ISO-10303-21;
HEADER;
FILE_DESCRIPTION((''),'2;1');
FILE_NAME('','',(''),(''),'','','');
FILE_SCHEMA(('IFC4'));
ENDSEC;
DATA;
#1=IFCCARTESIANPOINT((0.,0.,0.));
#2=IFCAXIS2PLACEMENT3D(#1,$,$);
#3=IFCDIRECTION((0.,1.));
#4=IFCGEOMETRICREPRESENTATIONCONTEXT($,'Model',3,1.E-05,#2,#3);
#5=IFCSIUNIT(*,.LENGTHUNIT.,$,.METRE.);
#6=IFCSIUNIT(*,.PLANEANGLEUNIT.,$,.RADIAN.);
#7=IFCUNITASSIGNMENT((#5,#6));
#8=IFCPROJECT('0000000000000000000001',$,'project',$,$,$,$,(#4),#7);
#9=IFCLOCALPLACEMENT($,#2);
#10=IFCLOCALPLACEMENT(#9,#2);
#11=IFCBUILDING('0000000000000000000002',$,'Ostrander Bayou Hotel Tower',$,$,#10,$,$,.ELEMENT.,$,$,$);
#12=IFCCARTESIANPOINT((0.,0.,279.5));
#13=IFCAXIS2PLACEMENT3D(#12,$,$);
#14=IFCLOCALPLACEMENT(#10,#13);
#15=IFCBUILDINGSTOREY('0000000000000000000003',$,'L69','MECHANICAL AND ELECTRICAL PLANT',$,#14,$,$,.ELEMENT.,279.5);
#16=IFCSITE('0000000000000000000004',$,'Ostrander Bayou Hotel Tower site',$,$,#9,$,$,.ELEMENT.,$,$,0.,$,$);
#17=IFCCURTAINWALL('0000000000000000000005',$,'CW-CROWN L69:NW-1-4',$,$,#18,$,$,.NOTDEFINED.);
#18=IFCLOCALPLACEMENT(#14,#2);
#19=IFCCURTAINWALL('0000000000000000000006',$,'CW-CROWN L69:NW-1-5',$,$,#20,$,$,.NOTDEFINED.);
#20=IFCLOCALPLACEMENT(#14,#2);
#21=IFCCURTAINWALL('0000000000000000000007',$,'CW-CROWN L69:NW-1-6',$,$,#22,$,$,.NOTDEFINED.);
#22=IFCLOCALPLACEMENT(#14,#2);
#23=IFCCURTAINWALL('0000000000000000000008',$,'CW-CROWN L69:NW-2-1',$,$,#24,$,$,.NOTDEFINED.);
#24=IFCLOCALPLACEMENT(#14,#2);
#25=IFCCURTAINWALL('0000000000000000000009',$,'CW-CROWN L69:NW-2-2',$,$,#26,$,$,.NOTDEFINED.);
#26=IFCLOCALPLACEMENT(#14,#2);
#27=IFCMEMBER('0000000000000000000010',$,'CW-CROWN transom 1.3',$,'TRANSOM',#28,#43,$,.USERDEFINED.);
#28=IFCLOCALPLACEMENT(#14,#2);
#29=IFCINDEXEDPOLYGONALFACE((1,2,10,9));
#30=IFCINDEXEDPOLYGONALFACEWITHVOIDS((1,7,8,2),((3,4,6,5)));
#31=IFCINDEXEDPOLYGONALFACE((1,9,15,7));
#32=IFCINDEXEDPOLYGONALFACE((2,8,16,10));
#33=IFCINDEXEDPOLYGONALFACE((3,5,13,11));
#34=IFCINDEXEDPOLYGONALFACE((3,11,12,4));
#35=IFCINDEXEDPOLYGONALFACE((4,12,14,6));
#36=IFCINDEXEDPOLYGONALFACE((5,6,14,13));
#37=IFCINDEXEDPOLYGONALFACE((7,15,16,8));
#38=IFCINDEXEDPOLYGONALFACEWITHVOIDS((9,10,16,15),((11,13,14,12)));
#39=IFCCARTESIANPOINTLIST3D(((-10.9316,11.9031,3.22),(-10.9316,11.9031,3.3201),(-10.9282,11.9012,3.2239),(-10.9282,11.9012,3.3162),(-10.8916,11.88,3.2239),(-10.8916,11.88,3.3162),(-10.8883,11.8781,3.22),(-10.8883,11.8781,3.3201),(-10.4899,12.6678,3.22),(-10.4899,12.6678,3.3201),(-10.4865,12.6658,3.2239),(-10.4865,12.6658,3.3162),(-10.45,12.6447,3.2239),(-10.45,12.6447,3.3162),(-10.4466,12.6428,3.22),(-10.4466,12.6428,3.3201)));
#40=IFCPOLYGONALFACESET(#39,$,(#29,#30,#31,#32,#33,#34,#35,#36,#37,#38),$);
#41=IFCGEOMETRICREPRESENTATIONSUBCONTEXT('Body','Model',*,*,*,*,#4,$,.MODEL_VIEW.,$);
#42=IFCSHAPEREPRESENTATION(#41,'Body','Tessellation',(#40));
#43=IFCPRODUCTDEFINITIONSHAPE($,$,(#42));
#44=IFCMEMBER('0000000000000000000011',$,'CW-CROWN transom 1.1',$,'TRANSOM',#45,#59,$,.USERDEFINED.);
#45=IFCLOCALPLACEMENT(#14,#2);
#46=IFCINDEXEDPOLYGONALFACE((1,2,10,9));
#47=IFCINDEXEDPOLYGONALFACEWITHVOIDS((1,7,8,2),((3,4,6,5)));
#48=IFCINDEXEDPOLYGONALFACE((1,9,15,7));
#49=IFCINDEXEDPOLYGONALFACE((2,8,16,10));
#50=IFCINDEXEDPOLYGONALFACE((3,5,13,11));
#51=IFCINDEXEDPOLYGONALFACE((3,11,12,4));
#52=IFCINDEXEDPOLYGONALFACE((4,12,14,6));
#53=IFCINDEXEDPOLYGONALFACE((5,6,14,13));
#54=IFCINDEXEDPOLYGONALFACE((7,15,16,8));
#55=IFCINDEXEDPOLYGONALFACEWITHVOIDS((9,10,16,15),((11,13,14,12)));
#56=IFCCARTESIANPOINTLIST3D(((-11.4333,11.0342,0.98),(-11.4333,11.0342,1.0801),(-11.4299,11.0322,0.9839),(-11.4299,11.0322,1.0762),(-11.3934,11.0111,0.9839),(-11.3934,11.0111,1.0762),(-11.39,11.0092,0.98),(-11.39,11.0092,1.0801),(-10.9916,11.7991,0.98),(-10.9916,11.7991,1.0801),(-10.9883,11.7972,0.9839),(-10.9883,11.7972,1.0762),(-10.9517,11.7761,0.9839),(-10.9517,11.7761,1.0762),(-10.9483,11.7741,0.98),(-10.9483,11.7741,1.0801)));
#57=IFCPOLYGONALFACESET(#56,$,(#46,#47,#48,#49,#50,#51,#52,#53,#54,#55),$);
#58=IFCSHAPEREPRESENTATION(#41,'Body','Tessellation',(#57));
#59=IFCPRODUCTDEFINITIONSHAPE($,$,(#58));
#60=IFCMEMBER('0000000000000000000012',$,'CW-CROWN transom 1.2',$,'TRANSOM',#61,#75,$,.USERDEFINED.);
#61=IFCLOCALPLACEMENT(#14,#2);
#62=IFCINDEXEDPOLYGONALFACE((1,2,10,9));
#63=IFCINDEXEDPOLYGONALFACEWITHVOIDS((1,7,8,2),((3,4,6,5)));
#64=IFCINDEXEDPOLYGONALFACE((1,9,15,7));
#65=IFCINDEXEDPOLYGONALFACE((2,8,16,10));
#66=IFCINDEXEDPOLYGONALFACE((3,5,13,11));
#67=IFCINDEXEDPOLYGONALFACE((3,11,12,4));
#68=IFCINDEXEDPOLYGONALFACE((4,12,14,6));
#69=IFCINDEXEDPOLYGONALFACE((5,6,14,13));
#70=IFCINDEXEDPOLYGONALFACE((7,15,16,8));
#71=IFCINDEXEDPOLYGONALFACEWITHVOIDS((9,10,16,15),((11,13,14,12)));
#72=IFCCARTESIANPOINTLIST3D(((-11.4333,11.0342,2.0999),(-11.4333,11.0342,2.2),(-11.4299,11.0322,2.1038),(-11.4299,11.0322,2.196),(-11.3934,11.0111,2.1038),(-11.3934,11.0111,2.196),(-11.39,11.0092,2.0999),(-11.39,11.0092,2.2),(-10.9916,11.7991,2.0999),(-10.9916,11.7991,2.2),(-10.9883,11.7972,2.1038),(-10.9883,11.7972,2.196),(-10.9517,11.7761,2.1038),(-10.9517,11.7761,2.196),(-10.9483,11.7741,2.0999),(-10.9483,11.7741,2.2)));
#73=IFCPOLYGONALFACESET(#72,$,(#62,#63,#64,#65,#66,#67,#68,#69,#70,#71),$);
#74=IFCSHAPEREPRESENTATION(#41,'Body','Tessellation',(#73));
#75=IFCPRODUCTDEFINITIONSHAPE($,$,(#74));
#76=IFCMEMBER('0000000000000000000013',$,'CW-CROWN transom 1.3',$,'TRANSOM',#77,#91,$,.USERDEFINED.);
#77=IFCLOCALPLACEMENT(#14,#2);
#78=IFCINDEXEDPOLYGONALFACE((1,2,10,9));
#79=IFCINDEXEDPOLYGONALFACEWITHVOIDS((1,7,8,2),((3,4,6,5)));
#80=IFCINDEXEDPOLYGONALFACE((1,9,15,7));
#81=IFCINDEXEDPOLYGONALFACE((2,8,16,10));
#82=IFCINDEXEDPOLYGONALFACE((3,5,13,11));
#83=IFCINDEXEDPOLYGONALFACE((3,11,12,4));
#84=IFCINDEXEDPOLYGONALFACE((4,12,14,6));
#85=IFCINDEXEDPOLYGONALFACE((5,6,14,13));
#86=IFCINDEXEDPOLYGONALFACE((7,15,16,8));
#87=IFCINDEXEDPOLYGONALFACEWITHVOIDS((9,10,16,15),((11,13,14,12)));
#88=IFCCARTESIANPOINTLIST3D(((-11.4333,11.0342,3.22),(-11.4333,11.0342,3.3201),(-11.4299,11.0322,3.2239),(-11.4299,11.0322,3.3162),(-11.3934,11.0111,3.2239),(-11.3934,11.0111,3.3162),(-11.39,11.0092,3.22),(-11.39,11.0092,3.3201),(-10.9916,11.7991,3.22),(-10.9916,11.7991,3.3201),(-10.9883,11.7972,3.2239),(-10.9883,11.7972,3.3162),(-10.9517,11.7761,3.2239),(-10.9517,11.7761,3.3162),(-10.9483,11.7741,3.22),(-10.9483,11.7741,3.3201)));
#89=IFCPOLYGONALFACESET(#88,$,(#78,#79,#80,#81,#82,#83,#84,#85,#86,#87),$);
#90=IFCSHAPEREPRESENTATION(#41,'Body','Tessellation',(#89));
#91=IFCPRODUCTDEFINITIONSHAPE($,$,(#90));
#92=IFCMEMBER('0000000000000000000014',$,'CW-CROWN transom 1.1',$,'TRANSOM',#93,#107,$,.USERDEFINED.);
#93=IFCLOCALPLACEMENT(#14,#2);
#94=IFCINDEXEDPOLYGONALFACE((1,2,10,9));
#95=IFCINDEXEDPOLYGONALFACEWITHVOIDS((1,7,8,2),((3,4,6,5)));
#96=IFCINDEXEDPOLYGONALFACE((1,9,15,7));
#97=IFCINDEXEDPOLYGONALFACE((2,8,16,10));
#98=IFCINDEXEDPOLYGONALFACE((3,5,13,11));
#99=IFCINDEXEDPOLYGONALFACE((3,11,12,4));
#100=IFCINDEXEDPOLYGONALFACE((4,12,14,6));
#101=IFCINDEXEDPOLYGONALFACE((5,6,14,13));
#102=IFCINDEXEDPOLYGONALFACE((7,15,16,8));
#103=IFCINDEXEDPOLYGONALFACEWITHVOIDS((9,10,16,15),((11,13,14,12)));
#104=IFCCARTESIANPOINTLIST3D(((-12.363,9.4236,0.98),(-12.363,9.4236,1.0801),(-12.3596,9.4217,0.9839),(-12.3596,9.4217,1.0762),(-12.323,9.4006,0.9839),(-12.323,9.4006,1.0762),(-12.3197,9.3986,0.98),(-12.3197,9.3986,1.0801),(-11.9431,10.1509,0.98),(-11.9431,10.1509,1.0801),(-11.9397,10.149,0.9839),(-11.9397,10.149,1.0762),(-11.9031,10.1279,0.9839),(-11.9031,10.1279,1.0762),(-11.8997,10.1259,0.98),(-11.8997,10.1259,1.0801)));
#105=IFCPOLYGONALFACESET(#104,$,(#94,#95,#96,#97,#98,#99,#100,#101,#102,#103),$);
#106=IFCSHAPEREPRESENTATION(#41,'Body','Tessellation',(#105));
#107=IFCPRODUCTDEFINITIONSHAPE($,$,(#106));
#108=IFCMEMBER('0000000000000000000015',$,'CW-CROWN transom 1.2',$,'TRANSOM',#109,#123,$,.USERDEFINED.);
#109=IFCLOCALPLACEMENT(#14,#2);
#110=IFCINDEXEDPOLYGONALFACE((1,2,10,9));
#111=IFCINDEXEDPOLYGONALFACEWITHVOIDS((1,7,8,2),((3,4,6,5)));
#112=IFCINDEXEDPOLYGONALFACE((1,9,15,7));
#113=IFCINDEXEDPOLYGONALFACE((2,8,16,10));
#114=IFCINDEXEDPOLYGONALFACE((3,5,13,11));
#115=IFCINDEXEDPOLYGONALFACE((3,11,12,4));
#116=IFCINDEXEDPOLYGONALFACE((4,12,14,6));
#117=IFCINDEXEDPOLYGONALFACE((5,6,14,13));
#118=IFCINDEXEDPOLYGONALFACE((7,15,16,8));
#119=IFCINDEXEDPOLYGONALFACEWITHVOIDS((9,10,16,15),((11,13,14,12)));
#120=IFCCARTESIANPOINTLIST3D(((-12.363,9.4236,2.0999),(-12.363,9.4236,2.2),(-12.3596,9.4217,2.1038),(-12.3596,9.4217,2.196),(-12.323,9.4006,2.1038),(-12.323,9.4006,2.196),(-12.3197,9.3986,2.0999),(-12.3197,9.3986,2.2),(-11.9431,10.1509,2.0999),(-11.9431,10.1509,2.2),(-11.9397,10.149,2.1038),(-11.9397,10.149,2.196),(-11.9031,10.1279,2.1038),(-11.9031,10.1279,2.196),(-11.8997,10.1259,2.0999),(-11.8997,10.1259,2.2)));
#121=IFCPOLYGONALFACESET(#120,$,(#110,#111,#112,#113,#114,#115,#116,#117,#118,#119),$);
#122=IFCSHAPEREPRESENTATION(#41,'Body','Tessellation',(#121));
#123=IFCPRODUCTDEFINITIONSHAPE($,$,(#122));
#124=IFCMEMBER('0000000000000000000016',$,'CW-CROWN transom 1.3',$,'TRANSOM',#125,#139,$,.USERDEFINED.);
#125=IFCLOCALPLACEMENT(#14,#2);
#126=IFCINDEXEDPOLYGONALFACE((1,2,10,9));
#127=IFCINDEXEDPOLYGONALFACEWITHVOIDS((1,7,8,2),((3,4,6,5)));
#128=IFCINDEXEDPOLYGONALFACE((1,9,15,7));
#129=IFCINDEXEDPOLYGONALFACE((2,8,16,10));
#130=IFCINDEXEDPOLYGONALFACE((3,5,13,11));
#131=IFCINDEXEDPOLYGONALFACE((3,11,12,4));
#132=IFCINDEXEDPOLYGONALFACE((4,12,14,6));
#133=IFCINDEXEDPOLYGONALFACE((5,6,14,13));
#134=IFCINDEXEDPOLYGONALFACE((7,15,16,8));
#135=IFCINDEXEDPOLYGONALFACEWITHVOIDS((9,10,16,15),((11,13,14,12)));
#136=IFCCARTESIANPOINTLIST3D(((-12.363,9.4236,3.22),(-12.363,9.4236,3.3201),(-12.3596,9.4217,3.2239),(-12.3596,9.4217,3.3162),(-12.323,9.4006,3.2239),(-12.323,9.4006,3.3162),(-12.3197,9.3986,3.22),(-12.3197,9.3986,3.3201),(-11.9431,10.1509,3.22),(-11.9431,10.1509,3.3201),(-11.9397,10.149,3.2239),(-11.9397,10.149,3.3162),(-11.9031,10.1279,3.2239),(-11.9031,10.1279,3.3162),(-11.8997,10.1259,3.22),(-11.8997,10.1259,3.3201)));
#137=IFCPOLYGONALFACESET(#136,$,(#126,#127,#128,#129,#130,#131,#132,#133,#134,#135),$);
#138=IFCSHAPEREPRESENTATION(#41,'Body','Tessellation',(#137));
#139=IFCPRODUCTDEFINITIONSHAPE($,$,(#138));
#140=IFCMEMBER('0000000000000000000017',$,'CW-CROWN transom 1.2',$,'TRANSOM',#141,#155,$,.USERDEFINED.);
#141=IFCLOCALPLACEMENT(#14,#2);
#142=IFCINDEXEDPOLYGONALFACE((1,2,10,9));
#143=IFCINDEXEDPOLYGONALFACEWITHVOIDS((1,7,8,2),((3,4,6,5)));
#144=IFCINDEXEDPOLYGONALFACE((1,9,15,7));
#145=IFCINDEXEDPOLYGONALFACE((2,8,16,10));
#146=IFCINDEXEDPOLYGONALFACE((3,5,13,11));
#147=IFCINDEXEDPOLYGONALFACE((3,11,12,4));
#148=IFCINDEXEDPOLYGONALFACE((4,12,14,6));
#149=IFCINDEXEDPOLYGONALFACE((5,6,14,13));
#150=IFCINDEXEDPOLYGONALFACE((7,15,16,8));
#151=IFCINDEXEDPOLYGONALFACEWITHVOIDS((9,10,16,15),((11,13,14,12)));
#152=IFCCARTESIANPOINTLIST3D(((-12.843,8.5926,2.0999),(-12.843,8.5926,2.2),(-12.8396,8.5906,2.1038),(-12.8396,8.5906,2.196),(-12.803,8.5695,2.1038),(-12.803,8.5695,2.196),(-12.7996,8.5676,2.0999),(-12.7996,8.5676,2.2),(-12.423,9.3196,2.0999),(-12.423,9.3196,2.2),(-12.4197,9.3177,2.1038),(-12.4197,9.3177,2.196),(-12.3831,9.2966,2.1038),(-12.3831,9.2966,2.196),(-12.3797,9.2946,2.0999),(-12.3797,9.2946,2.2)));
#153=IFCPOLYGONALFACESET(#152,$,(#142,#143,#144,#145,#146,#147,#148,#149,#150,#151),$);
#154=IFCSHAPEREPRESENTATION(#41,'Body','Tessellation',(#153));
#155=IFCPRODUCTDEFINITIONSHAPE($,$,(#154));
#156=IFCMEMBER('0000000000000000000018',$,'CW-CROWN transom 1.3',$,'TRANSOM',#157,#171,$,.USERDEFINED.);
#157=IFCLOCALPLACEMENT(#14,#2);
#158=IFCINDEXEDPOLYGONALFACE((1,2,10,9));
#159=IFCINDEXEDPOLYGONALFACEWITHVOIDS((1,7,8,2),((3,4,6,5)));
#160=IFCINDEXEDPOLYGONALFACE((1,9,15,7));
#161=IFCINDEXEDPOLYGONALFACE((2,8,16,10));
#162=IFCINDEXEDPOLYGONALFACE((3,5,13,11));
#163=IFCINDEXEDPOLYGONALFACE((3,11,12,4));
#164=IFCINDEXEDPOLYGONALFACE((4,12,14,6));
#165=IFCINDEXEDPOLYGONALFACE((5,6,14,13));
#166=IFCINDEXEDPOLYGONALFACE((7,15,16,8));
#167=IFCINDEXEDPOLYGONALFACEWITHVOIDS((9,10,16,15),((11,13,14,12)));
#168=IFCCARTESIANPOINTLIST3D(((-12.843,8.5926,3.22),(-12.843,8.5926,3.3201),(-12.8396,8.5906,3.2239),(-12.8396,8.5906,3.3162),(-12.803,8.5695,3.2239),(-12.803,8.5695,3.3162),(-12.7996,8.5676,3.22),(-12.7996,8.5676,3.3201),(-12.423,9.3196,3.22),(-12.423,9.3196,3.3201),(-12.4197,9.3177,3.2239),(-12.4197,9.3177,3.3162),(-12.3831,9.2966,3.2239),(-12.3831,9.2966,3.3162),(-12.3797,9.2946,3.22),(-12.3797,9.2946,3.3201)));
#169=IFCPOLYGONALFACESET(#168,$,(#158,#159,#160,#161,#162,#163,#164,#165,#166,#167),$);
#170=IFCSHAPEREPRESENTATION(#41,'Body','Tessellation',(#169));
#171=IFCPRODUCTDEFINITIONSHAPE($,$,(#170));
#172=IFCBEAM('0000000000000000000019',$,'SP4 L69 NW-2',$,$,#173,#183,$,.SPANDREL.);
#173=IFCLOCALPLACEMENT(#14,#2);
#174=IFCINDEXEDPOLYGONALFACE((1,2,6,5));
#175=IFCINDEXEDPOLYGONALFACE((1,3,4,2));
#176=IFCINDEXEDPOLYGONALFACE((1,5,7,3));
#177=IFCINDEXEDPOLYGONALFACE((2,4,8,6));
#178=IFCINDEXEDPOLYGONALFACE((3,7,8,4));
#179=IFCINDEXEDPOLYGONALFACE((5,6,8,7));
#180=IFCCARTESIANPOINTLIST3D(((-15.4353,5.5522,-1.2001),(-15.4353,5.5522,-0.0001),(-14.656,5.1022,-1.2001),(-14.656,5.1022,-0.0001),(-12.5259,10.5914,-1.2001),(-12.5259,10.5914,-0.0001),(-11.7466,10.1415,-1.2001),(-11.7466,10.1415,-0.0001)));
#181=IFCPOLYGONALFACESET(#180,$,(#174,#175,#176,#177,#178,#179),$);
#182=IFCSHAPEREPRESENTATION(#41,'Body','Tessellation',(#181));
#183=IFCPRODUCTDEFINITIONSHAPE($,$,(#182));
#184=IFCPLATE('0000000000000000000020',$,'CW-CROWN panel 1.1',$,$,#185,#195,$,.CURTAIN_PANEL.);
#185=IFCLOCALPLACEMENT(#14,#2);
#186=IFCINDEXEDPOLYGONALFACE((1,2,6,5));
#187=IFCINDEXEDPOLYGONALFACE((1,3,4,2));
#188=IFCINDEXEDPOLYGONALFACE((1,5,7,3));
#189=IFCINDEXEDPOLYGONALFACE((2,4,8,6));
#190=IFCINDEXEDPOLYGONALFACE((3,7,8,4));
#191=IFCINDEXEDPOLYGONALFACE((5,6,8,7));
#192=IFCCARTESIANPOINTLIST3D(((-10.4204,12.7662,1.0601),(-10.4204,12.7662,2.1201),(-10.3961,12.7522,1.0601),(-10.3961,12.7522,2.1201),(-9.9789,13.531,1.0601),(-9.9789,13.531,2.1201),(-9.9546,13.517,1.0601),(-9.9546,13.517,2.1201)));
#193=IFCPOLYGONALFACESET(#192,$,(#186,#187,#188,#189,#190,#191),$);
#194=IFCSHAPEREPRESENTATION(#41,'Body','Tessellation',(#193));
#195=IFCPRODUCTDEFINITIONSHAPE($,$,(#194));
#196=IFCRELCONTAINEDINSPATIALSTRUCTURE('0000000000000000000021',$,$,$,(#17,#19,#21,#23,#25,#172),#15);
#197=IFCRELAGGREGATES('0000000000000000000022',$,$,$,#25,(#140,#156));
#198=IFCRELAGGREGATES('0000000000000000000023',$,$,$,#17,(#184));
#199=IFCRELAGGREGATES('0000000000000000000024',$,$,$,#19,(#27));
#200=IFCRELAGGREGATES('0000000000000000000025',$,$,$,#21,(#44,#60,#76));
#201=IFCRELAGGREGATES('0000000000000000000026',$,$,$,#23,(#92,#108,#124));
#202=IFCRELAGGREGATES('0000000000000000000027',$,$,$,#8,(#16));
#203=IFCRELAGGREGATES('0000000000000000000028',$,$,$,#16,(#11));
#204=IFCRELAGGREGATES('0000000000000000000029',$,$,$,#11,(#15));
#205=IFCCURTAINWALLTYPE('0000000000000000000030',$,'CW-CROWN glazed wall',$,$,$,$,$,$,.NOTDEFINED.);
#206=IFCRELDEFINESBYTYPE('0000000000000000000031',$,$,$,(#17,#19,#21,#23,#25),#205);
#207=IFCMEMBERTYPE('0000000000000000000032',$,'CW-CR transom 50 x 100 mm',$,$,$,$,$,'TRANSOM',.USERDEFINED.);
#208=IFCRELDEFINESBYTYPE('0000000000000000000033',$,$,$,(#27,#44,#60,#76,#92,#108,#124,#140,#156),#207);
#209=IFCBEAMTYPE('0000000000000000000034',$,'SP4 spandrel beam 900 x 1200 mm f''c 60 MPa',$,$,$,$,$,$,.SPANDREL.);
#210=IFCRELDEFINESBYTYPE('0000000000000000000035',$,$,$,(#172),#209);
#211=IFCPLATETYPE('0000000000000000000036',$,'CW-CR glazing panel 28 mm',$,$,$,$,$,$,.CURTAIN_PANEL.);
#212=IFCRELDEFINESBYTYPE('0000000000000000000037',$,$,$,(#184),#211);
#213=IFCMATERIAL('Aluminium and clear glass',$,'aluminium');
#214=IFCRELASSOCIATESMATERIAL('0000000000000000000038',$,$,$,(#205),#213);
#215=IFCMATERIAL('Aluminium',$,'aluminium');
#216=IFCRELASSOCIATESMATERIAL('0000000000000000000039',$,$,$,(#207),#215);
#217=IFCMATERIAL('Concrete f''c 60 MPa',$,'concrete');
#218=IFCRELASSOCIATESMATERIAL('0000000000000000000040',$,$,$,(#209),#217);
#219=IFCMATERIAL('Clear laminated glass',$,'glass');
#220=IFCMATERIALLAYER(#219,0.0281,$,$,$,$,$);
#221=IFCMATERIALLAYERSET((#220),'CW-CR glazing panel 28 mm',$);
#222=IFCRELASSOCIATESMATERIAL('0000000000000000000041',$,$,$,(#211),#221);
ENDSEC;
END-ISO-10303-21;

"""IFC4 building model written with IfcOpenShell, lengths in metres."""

from ifc_helpers import new_model, si_unit, direction, frame, origin, origin_2d, place, context, subcontext, project, spatial, rectangle, hollow_rectangle, extrude, material, layer, layer_set, material_profile, profile_set, type_object, element, aggregate, save


model = new_model("IFC4")

# Units and contexts
model_context = context("Model", 3, precision=1e-05, world=origin(), true_north=direction((0.0, 1.0)))
body_context = subcontext(model_context, "Body", "Model", "MODEL_VIEW")
ifc_project = project(units=[si_unit("LENGTHUNIT", "METRE"), si_unit("PLANEANGLEUNIT", "RADIAN")], contexts=[model_context])

# Site, building, storey
site_placement = place(None, origin())
site = spatial("IfcSite", under=ifc_project, at=site_placement, Name="Ostrander Bayou Hotel Tower site", CompositionType="ELEMENT", RefElevation=0.0)
building_placement = place(site_placement, origin())
building = spatial("IfcBuilding", under=site, at=building_placement, Name="Ostrander Bayou Hotel Tower", CompositionType="ELEMENT")
storey_placement = place(building_placement, frame((0.0, 0.0, 279.5)))
storey = spatial("IfcBuildingStorey", under=building, at=storey_placement, Name="L69", Description="MECHANICAL AND ELECTRICAL PLANT", CompositionType="ELEMENT", Elevation=279.5)

# Curtain wall
ifc_material_1 = material(Name="Aluminium and clear glass", Category="aluminium")
curtain_wall_type = type_object("IfcCurtainWallType", Name="CW-CROWN glazed wall", PredefinedType="NOTDEFINED", material=ifc_material_1)
curtain_wall_1_placement = place(storey_placement, origin())
curtain_wall_1 = element("IfcCurtainWall", 1, at=curtain_wall_1_placement, inside=storey, type_object=curtain_wall_type, Name="CW-CROWN L69:NW-1-4", PredefinedType="NOTDEFINED")

# Curtain walls
curtain_wall_2_placement = place(storey_placement, origin())
curtain_wall_2 = element("IfcCurtainWall", 2, at=curtain_wall_2_placement, inside=storey, type_object=curtain_wall_type, Name="CW-CROWN L69:NW-1-5", PredefinedType="NOTDEFINED")
curtain_wall_3_placement = place(storey_placement, origin())
curtain_wall_3 = element("IfcCurtainWall", 3, at=curtain_wall_3_placement, inside=storey, type_object=curtain_wall_type, Name="CW-CROWN L69:NW-1-6", PredefinedType="NOTDEFINED")
curtain_wall_4_placement = place(storey_placement, origin())
curtain_wall_4 = element("IfcCurtainWall", 4, at=curtain_wall_4_placement, inside=storey, type_object=curtain_wall_type, Name="CW-CROWN L69:NW-2-1", PredefinedType="NOTDEFINED")

# Curtain wall
curtain_wall_5_placement = place(storey_placement, origin())
curtain_wall_5 = element("IfcCurtainWall", 5, at=curtain_wall_5_placement, inside=storey, type_object=curtain_wall_type, Name="CW-CROWN L69:NW-2-2", PredefinedType="NOTDEFINED")

# Members
ifc_material_2 = material(Name="Aluminium", Category="aluminium")
ifc_material_profile_1 = material_profile(ifc_material_2, hollow_rectangle(XDim=0.05, YDim=0.1001, WallThickness=0.0039, at=origin_2d()))
ifc_profile_set_1 = profile_set([ifc_material_profile_1], Name="Aluminium")
member_type_1 = type_object("IfcMemberType", Name="CW-CR transom 50 x 100 mm", ElementType="TRANSOM", PredefinedType="USERDEFINED", material=ifc_profile_set_1)
member_1_placement = place(storey_placement, frame((-10.4683, 12.6553, 3.27), z_axis=(-0.500153, -0.865937, 0.0), x_axis=(0.865937, -0.500153, 0.0)))
member_1 = element("IfcMember", 6, at=member_1_placement, type_object=member_type_1, Name="CW-CROWN transom 1.3", ObjectType="TRANSOM", PredefinedType="USERDEFINED", context=body_context, shape_type="SweptSolid", body=[
    extrude(hollow_rectangle(XDim=0.05, YDim=0.1001, WallThickness=0.0039, at=origin_2d()), origin(), (0.0, 0.0, 1.0), 0.8831),
])
member_2_placement = place(storey_placement, frame((-10.97, 11.7866, 1.03), z_axis=(-0.500034, -0.866006, 0.0), x_axis=(0.866006, -0.500034, 0.0)))
member_2 = element("IfcMember", 7, at=member_2_placement, type_object=member_type_1, Name="CW-CROWN transom 1.1", ObjectType="TRANSOM", PredefinedType="USERDEFINED", context=body_context, shape_type="SweptSolid", body=[
    extrude(hollow_rectangle(XDim=0.05, YDim=0.1001, WallThickness=0.0039, at=origin_2d()), origin(), (0.0, 0.0, 1.0), 0.8833),
])
member_3_placement = place(storey_placement, frame((-10.97, 11.7866, 2.1499), z_axis=(-0.500034, -0.866006, 0.0), x_axis=(0.866006, -0.500034, 0.0)))
member_3 = element("IfcMember", 8, at=member_3_placement, type_object=member_type_1, Name="CW-CROWN transom 1.2", ObjectType="TRANSOM", PredefinedType="USERDEFINED", context=body_context, shape_type="SweptSolid", body=[
    extrude(hollow_rectangle(XDim=0.05, YDim=0.1001, WallThickness=0.0039, at=origin_2d()), origin(), (0.0, 0.0, 1.0), 0.8833),
])
member_4_placement = place(storey_placement, frame((-10.97, 11.7866, 3.27), z_axis=(-0.500034, -0.866006, 0.0), x_axis=(0.866006, -0.500034, 0.0)))
member_4 = element("IfcMember", 9, at=member_4_placement, type_object=member_type_1, Name="CW-CROWN transom 1.3", ObjectType="TRANSOM", PredefinedType="USERDEFINED", context=body_context, shape_type="SweptSolid", body=[
    extrude(hollow_rectangle(XDim=0.05, YDim=0.1001, WallThickness=0.0039, at=origin_2d()), origin(), (0.0, 0.0, 1.0), 0.8833),
])
member_5_placement = place(storey_placement, frame((-11.9214, 10.1384, 1.03), z_axis=(-0.500016, -0.866016, 0.0), x_axis=(0.866016, -0.500016, 0.0)))
member_5 = element("IfcMember", 10, at=member_5_placement, type_object=member_type_1, Name="CW-CROWN transom 1.1", ObjectType="TRANSOM", PredefinedType="USERDEFINED", context=body_context, shape_type="SweptSolid", body=[
    extrude(hollow_rectangle(XDim=0.05, YDim=0.1001, WallThickness=0.0039, at=origin_2d()), origin(), (0.0, 0.0, 1.0), 0.8398),
])
member_6_placement = place(storey_placement, frame((-11.9214, 10.1384, 2.1499), z_axis=(-0.500016, -0.866016, 0.0), x_axis=(0.866016, -0.500016, 0.0)))
member_6 = element("IfcMember", 11, at=member_6_placement, type_object=member_type_1, Name="CW-CROWN transom 1.2", ObjectType="TRANSOM", PredefinedType="USERDEFINED", context=body_context, shape_type="SweptSolid", body=[
    extrude(hollow_rectangle(XDim=0.05, YDim=0.1001, WallThickness=0.0039, at=origin_2d()), origin(), (0.0, 0.0, 1.0), 0.8398),
])
member_7_placement = place(storey_placement, frame((-11.9214, 10.1384, 3.27), z_axis=(-0.500016, -0.866016, 0.0), x_axis=(0.866016, -0.500016, 0.0)))
member_7 = element("IfcMember", 12, at=member_7_placement, type_object=member_type_1, Name="CW-CROWN transom 1.3", ObjectType="TRANSOM", PredefinedType="USERDEFINED", context=body_context, shape_type="SweptSolid", body=[
    extrude(hollow_rectangle(XDim=0.05, YDim=0.1001, WallThickness=0.0039, at=origin_2d()), origin(), (0.0, 0.0, 1.0), 0.8398),
])
member_8_placement = place(storey_placement, frame((-12.4014, 9.3071, 2.1499), z_axis=(-0.500142, -0.865943, 0.0), x_axis=(0.865943, -0.500142, 0.0)))
member_8 = element("IfcMember", 13, at=member_8_placement, type_object=member_type_1, Name="CW-CROWN transom 1.2", ObjectType="TRANSOM", PredefinedType="USERDEFINED", context=body_context, shape_type="SweptSolid", body=[
    extrude(hollow_rectangle(XDim=0.05, YDim=0.1001, WallThickness=0.0039, at=origin_2d()), origin(), (0.0, 0.0, 1.0), 0.8396),
])
member_9_placement = place(storey_placement, frame((-12.4014, 9.3071, 3.27), z_axis=(-0.500142, -0.865943, 0.0), x_axis=(0.865943, -0.500142, 0.0)))
member_9 = element("IfcMember", 14, at=member_9_placement, type_object=member_type_1, Name="CW-CROWN transom 1.3", ObjectType="TRANSOM", PredefinedType="USERDEFINED", context=body_context, shape_type="SweptSolid", body=[
    extrude(hollow_rectangle(XDim=0.05, YDim=0.1001, WallThickness=0.0039, at=origin_2d()), origin(), (0.0, 0.0, 1.0), 0.8396),
])
aggregate(curtain_wall_5, [member_8, member_9])

# Beam
ifc_material_3 = material(Name="Concrete f'c 60 MPa", Category="concrete")
ifc_material_profile_2 = material_profile(ifc_material_3, rectangle(XDim=0.8999, YDim=1.2, at=origin_2d()))
ifc_profile_set_2 = profile_set([ifc_material_profile_2], Name="Concrete f'c 60 MPa")
beam_type = type_object("IfcBeamType", Name="SP4 spandrel beam 900 x 1200 mm f'c 60 MPa", PredefinedType="SPANDREL", material=ifc_profile_set_2)
beam_placement = place(storey_placement, frame((-12.1362, 10.3665, -0.6001), z_axis=(-0.499997, -0.866027, 0.0), x_axis=(0.866027, -0.499997, 0.0)))
element("IfcBeam", 15, at=beam_placement, inside=storey, type_object=beam_type, Name="SP4 L69 NW-2", PredefinedType="SPANDREL", context=body_context, shape_type="SweptSolid", body=[
    extrude(rectangle(XDim=0.8999, YDim=1.2, at=origin_2d()), origin(), (0.0, 0.0, 1.0), 5.8188),
])

# Plate
ifc_material_4 = material(Name="Clear laminated glass", Category="glass")
ifc_layer_1 = layer(ifc_material_4, 0.0281)
ifc_layer_set_1 = layer_set([ifc_layer_1], Name="CW-CR glazing panel 28 mm")
plate_type = type_object("IfcPlateType", Name="CW-CR glazing panel 28 mm", PredefinedType="CURTAIN_PANEL", material=ifc_layer_set_1)
plate_1_placement = place(storey_placement, frame((-10.1875, 13.1416, 1.0601), z_axis=(0.0, 0.0, 1.0), x_axis=(-0.499924, -0.866069, 0.0)))
plate_1 = element("IfcPlate", 16, at=plate_1_placement, type_object=plate_type, Name="CW-CROWN panel 1.1", PredefinedType="CURTAIN_PANEL", context=body_context, shape_type="SweptSolid", body=[
    extrude(rectangle(XDim=0.8831, YDim=0.0281, at=origin_2d()), origin(), (0.0, 0.0, 1.0), 1.0601),
])
aggregate(curtain_wall_1, [plate_1])
aggregate(curtain_wall_2, [member_1])
aggregate(curtain_wall_3, [member_2, member_3, member_4])
aggregate(curtain_wall_4, [member_5, member_6, member_7])

save(model, "model.ifc")
